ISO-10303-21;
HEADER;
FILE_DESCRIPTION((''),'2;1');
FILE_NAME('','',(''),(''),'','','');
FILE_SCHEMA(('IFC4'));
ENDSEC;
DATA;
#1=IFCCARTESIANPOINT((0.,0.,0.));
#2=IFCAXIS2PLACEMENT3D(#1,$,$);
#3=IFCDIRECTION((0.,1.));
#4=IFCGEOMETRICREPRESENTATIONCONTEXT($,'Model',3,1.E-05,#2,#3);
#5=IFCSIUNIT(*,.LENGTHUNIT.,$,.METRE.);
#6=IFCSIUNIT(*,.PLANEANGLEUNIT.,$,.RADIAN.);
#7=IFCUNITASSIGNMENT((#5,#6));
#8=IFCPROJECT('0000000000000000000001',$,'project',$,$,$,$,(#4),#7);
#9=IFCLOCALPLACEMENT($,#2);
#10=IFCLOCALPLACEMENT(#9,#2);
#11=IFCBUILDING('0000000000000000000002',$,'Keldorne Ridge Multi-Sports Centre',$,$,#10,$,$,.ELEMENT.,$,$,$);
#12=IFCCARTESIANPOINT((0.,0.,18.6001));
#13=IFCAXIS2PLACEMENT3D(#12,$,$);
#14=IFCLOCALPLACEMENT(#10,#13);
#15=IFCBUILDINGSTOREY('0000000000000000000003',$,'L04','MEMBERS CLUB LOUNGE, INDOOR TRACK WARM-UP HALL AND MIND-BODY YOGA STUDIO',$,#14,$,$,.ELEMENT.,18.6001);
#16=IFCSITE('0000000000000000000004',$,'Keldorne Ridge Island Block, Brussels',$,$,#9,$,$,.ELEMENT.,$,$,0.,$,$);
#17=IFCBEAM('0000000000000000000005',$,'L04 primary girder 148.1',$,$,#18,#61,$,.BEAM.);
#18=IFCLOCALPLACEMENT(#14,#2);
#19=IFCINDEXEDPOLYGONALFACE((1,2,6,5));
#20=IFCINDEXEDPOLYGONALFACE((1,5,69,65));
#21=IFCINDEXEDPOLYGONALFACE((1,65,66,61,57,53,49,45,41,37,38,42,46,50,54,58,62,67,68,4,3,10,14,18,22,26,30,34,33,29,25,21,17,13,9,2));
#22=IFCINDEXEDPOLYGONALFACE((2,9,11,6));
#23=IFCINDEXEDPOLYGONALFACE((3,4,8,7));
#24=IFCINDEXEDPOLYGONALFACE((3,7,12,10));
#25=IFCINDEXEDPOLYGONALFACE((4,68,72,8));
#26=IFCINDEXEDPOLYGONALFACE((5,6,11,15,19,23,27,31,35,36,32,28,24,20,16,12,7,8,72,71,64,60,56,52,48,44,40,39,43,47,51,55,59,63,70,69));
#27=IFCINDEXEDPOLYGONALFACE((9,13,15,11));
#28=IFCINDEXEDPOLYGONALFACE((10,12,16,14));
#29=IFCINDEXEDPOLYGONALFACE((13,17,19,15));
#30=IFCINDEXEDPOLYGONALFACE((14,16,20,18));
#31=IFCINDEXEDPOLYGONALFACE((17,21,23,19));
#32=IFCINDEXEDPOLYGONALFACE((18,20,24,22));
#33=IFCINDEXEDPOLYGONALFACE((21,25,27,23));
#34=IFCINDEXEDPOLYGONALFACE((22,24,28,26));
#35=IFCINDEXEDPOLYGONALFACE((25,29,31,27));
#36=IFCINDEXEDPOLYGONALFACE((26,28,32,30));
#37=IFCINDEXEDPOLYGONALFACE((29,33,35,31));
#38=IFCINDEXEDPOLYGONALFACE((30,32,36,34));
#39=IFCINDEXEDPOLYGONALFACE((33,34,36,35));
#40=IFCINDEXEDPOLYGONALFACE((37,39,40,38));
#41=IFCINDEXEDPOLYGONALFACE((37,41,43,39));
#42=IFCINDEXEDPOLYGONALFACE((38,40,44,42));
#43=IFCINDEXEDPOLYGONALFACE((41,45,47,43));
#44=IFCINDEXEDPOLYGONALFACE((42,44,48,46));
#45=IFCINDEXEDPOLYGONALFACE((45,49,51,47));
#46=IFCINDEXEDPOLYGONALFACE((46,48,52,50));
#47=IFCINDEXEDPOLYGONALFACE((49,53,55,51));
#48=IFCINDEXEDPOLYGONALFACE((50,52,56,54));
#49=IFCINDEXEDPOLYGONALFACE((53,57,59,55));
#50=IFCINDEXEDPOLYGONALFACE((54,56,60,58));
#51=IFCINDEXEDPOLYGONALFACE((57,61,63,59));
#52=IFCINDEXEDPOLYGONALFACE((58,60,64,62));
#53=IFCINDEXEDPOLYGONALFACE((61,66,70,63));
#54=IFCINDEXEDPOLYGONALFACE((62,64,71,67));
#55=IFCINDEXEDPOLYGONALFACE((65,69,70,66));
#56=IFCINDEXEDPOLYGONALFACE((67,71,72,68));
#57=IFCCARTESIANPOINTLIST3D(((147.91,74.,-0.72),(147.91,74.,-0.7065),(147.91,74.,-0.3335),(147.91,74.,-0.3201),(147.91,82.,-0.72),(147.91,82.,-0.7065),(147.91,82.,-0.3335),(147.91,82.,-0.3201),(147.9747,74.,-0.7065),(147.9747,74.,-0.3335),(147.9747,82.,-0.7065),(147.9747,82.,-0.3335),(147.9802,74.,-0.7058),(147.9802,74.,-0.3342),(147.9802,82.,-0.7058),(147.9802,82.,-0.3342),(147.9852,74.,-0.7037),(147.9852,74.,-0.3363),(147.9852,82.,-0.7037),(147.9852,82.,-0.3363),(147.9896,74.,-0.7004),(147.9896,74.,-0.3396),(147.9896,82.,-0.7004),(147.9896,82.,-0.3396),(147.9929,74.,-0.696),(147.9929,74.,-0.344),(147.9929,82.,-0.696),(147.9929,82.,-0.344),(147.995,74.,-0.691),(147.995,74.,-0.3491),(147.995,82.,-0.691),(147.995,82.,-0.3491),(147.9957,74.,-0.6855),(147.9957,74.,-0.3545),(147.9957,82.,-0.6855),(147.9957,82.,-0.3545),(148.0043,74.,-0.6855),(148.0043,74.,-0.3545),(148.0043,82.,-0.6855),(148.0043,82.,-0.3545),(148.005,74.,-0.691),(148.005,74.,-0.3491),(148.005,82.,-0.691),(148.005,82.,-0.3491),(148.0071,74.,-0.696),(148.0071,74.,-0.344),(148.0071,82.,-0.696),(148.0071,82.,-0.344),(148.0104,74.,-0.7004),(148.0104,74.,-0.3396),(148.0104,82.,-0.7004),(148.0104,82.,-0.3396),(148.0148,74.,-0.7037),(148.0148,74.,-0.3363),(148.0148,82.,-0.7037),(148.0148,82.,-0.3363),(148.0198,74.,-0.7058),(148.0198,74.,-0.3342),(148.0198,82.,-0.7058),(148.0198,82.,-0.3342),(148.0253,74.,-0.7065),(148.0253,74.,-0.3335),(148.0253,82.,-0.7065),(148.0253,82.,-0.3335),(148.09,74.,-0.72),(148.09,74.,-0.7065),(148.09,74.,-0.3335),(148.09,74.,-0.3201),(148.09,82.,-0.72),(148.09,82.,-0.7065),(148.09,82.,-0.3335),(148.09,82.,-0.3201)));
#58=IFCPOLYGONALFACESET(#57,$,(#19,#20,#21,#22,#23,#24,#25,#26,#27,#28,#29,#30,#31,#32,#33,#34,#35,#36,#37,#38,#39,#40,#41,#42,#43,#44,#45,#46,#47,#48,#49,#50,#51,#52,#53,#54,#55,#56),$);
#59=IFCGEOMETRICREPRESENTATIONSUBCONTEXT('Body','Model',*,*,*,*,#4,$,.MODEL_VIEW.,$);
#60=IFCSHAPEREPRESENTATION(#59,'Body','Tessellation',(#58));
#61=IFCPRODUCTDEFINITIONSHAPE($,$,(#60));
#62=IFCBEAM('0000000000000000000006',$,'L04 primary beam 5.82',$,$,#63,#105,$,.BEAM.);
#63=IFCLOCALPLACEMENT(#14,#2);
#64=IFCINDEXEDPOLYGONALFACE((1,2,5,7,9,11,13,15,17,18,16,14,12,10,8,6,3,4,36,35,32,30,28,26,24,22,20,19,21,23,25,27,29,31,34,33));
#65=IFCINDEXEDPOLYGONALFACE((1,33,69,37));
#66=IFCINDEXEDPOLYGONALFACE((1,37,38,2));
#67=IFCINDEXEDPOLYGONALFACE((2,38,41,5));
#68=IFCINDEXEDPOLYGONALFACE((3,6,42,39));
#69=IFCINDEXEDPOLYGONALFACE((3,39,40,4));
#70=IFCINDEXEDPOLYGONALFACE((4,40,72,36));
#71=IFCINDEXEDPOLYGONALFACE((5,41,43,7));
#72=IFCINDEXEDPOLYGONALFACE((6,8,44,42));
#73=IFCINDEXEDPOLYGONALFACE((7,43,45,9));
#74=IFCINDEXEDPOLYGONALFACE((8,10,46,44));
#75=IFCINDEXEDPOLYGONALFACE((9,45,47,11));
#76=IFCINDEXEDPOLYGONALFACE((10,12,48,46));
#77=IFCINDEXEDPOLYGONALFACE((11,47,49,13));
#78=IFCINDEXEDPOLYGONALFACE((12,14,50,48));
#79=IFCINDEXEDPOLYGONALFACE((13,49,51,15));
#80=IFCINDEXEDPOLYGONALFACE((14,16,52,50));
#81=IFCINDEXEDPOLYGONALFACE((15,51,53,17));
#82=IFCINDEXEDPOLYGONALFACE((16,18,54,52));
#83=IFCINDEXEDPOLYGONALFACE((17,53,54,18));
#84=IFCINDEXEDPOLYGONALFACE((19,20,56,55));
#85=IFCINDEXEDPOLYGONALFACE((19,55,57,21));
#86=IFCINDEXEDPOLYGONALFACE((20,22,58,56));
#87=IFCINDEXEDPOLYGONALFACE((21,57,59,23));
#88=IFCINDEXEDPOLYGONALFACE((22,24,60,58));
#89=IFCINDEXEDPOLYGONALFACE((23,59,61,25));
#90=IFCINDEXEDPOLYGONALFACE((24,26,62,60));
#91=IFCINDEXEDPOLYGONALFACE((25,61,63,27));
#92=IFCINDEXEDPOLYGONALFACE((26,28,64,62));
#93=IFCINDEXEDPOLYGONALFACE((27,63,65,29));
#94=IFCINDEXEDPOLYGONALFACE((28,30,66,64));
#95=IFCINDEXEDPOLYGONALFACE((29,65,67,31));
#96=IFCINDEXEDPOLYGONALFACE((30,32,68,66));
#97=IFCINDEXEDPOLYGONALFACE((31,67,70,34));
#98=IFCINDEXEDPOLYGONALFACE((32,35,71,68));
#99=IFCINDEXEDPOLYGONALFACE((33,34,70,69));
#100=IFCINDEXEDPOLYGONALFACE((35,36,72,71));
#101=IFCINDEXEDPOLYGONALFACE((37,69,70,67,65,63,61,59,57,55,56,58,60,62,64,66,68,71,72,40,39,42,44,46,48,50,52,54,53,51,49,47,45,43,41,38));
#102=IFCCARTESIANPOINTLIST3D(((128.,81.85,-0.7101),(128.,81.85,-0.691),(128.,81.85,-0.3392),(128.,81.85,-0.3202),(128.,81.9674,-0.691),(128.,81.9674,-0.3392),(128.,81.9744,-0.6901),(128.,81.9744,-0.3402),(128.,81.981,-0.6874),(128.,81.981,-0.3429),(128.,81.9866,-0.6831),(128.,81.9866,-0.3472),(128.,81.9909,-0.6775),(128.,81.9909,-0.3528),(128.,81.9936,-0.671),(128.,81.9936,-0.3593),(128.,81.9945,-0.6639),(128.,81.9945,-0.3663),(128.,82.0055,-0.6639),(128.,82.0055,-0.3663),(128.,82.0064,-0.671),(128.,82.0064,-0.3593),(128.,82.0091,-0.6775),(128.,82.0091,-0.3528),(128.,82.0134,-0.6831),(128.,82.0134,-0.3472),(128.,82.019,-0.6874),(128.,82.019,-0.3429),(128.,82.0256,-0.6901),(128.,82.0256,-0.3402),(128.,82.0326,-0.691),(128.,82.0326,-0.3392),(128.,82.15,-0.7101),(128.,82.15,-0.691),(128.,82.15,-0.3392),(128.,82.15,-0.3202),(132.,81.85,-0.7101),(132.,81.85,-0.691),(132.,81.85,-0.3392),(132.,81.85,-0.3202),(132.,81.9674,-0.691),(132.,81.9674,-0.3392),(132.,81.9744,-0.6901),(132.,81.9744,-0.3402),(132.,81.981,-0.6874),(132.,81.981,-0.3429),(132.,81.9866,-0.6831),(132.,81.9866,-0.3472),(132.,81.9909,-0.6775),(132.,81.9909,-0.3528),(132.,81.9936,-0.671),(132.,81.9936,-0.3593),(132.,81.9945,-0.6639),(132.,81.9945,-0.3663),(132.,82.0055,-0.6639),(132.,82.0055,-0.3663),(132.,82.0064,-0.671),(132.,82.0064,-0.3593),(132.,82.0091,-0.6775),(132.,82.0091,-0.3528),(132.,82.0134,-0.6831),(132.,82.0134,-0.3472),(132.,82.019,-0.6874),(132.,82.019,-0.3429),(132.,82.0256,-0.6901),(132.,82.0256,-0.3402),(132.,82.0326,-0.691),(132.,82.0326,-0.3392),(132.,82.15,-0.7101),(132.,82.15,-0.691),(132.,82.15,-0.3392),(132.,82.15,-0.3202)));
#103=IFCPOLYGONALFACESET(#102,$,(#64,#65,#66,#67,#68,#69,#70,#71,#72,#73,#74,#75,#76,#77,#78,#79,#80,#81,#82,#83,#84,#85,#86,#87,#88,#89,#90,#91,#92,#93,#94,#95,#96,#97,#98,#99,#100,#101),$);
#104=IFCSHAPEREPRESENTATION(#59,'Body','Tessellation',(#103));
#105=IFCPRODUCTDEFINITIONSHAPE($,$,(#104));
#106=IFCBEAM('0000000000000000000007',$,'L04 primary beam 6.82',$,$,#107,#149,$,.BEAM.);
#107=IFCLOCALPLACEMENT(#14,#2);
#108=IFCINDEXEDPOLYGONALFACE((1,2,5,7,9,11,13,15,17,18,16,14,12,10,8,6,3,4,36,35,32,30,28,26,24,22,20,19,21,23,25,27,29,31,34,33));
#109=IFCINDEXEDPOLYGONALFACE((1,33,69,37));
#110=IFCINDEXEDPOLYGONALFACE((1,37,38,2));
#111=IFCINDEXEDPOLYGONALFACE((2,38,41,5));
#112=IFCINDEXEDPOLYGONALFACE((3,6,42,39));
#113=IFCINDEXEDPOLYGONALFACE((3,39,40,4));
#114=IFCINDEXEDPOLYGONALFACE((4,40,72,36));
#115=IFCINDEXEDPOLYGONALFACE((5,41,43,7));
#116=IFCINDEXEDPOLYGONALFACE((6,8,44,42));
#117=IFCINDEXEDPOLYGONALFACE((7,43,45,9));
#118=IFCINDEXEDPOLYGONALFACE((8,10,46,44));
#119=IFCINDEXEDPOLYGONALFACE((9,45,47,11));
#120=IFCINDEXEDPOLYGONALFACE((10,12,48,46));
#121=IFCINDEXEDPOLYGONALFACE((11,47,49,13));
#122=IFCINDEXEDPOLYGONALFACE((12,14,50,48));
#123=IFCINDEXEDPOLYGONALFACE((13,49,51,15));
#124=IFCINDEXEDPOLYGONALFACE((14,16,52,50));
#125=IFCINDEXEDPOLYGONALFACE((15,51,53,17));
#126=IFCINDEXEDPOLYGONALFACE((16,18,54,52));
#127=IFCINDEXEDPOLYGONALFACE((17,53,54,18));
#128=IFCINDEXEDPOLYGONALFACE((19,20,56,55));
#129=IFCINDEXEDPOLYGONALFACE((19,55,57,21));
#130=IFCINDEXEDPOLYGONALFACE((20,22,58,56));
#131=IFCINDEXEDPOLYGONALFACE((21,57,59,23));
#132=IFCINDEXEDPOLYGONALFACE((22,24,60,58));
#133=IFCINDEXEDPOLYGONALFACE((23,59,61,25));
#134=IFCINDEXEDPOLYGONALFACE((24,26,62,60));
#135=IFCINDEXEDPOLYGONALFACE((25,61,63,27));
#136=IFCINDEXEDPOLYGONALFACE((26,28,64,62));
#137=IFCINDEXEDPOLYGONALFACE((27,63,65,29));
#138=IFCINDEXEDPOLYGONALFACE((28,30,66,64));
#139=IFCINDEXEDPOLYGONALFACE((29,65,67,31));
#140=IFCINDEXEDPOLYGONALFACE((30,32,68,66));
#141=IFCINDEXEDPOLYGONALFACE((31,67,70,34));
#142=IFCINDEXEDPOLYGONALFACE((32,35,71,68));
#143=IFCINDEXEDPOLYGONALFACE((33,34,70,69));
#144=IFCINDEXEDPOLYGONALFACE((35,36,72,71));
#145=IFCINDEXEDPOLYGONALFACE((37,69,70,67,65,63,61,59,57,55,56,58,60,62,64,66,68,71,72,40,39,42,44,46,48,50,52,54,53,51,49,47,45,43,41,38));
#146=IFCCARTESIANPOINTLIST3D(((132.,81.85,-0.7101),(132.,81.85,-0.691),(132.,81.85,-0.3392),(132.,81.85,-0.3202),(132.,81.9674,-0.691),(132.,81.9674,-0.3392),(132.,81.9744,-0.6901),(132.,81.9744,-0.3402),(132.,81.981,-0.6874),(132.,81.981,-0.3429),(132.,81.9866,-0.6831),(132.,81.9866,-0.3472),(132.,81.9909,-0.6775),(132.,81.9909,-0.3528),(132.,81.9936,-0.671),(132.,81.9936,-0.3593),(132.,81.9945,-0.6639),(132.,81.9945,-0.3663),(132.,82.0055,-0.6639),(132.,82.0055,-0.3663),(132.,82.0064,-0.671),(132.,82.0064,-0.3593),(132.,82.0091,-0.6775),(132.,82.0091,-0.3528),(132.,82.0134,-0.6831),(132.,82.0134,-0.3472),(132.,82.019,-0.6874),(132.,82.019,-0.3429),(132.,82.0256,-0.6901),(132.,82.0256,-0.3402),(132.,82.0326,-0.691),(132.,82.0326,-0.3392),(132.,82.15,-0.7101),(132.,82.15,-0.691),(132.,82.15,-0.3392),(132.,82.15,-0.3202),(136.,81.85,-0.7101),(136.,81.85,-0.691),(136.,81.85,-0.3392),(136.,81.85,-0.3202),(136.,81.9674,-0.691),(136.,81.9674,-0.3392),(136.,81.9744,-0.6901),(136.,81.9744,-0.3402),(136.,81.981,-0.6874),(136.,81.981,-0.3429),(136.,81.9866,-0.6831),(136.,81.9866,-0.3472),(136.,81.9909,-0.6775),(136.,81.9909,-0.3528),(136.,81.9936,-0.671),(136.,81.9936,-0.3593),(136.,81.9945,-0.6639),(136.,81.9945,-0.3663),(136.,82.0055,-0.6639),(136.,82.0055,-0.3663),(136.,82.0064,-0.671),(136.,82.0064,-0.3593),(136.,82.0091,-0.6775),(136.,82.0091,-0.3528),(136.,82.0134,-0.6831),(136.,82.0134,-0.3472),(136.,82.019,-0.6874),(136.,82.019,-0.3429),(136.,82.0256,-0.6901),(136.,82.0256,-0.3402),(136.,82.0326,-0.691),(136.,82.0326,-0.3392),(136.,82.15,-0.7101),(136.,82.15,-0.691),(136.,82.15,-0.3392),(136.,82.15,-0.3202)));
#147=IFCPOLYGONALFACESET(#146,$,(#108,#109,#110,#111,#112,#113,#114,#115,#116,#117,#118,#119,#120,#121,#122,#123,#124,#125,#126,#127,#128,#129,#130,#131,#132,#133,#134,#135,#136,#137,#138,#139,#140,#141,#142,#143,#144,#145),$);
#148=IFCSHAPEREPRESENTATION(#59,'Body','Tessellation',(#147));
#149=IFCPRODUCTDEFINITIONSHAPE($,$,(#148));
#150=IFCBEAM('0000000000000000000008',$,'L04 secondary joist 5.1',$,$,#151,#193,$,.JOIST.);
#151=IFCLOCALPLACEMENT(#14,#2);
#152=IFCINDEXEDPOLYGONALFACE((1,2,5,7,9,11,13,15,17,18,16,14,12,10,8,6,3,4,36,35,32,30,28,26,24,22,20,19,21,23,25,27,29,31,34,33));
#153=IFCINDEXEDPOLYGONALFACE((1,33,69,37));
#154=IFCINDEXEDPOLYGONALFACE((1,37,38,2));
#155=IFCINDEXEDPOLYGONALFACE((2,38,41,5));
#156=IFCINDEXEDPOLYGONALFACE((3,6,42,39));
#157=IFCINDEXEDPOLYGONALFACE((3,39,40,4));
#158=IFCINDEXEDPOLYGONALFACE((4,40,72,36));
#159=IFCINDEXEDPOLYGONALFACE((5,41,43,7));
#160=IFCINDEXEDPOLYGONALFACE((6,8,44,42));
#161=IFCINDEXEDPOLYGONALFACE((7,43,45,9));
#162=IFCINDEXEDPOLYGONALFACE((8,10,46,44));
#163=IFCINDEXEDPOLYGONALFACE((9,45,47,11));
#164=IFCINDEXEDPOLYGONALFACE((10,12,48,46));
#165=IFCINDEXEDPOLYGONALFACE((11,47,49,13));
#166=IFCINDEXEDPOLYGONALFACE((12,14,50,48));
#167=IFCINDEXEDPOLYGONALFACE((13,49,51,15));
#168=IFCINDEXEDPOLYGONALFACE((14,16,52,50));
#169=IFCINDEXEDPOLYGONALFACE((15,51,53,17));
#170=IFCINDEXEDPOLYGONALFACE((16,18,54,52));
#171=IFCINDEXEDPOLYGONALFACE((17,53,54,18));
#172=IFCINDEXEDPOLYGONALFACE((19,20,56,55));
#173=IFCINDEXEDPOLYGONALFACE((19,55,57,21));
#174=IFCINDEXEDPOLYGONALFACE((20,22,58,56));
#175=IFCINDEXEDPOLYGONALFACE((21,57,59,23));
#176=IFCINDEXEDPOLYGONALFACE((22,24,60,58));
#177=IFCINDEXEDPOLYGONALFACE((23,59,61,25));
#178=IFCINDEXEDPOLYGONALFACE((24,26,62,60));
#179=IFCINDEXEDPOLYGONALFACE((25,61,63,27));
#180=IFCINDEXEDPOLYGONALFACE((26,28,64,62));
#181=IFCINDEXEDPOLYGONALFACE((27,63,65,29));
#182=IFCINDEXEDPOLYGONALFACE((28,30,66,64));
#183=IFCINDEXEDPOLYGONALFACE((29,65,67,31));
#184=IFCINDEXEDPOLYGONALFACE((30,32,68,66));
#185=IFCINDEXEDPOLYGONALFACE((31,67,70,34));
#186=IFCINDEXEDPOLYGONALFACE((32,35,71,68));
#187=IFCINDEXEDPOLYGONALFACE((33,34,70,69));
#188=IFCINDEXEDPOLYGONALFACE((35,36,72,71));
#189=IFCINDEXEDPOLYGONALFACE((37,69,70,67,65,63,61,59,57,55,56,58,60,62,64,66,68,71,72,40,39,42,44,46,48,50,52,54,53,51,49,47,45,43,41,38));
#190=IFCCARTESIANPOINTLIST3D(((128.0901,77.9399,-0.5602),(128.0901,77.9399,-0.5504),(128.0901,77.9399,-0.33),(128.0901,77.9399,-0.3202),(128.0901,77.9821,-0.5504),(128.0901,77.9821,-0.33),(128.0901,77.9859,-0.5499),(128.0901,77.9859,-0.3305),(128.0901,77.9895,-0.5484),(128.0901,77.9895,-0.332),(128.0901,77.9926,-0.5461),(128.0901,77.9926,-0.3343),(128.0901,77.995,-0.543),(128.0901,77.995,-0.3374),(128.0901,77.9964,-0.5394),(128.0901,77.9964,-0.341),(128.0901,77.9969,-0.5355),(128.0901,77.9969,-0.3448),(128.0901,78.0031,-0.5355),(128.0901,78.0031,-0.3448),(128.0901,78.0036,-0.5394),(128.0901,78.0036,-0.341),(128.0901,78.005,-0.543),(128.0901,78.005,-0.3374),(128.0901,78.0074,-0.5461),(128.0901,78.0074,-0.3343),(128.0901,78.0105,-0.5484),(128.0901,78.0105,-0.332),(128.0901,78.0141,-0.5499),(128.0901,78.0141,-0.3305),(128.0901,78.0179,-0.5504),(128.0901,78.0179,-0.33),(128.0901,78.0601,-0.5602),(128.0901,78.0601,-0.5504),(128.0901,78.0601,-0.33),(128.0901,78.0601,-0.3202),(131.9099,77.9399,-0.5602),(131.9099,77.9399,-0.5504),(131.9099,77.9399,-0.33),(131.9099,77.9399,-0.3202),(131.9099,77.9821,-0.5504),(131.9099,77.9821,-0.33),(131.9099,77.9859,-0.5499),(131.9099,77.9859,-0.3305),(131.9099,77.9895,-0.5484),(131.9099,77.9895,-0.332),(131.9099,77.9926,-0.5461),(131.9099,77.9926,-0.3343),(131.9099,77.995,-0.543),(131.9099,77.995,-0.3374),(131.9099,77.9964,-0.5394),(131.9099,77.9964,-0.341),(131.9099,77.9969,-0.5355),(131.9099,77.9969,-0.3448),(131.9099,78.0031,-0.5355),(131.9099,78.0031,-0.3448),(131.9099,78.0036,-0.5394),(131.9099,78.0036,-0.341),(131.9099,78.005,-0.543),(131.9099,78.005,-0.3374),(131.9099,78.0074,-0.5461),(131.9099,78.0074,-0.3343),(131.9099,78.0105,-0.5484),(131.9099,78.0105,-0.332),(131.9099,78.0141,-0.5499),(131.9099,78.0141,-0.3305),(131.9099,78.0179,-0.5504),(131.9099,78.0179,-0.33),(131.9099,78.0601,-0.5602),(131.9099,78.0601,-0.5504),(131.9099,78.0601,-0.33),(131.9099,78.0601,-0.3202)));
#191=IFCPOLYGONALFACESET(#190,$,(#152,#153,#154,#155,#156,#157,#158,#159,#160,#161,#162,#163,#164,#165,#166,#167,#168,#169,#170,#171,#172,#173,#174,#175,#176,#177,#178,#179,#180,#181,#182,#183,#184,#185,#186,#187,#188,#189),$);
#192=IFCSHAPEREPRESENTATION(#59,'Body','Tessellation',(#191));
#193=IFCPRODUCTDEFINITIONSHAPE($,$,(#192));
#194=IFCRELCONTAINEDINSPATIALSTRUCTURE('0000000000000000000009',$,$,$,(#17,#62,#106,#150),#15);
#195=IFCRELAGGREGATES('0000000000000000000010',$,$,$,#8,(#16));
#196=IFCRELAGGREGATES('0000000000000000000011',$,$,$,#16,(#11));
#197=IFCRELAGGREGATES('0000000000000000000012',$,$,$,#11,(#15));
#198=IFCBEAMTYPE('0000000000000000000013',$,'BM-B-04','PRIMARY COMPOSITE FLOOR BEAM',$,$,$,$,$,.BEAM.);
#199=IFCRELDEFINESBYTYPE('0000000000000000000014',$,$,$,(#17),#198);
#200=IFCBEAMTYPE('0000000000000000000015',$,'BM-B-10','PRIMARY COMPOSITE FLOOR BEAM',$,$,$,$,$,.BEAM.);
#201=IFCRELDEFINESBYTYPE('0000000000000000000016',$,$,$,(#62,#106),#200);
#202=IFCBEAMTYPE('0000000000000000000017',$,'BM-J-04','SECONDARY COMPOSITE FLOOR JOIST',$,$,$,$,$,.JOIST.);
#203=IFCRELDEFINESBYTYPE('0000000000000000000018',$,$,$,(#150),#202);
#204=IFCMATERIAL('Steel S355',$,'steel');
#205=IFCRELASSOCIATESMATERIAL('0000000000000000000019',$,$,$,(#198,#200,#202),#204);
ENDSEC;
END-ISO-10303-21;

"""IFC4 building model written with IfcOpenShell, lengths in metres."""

from ifc_helpers import new_model, si_unit, direction, frame, origin, origin_2d, place, context, subcontext, project, spatial, i_section, extrude, material, material_profile, profile_set, type_object, element, save


model = new_model("IFC4")

# Units and contexts
model_context = context("Model", 3, precision=1e-05, world=origin(), true_north=direction((0.0, 1.0)))
body_context = subcontext(model_context, "Body", "Model", "MODEL_VIEW")
ifc_project = project(units=[si_unit("LENGTHUNIT", "METRE"), si_unit("PLANEANGLEUNIT", "RADIAN")], contexts=[model_context])

# Site, building, storey
site_placement = place(None, origin())
site = spatial("IfcSite", under=ifc_project, at=site_placement, Name="Keldorne Ridge Island Block, Brussels", CompositionType="ELEMENT", RefElevation=0.0)
building_placement = place(site_placement, origin())
building = spatial("IfcBuilding", under=site, at=building_placement, Name="Keldorne Ridge Multi-Sports Centre", CompositionType="ELEMENT")
storey_placement = place(building_placement, frame((0.0, 0.0, 18.6001)))
storey = spatial("IfcBuildingStorey", under=building, at=storey_placement, Name="L04", Description="MEMBERS CLUB LOUNGE, INDOOR TRACK WARM-UP HALL AND MIND-BODY YOGA STUDIO", CompositionType="ELEMENT", Elevation=18.6001)

# Shared definitions
ifc_material_1 = material(Name="Steel S355", Category="steel")

# Beams
ifc_material_profile_1 = material_profile(ifc_material_1, i_section(OverallWidth=0.1799, OverallDepth=0.3999, WebThickness=0.0085, FlangeThickness=0.0134, FilletRadius=0.021, at=origin_2d()), Name="IPE 400")
ifc_profile_set_1 = profile_set([ifc_material_profile_1], Name="Steel S355")
beam_type_1 = type_object("IfcBeamType", Name="BM-B-04", Description="PRIMARY COMPOSITE FLOOR BEAM", PredefinedType="BEAM", material=ifc_profile_set_1)
for number, where, z_axis, x_axis, name in (
    (1, (148.0, 74.0, -0.52), (0.0, 1.0, 0.0), (-1.0, 0.0, 0.0), "L04 primary girder 148.1"),
):
    element("IfcBeam", number, at=place(storey_placement, frame(where, z_axis=z_axis, x_axis=x_axis)), inside=storey, type_object=beam_type_1, Name=name, PredefinedType="BEAM", context=body_context, shape_type="SweptSolid", body=[
        extrude(i_section(OverallWidth=0.1799, OverallDepth=0.3999, WebThickness=0.0085, FlangeThickness=0.0134, FilletRadius=0.021, at=origin_2d()), origin(), (0.0, 0.0, 1.0), 8.0),
    ])
ifc_material_profile_2 = material_profile(ifc_material_1, i_section(OverallWidth=0.3, OverallDepth=0.3899, WebThickness=0.011, FlangeThickness=0.019, FilletRadius=0.0271, at=origin_2d()), Name="HEA 400")
ifc_profile_set_2 = profile_set([ifc_material_profile_2], Name="Steel S355")
beam_type_2 = type_object("IfcBeamType", Name="BM-B-10", Description="PRIMARY COMPOSITE FLOOR BEAM", PredefinedType="BEAM", material=ifc_profile_set_2)
for number, where, z_axis, x_axis, name in (
    (2, (128.0, 82.0, -0.5151), (1.0, 0.0, 0.0), (0.0, 1.0, 0.0), "L04 primary beam 5.82"),
    (3, (132.0, 82.0, -0.5151), (1.0, 0.0, 0.0), (0.0, 1.0, 0.0), "L04 primary beam 6.82"),
):
    element("IfcBeam", number, at=place(storey_placement, frame(where, z_axis=z_axis, x_axis=x_axis)), inside=storey, type_object=beam_type_2, Name=name, PredefinedType="BEAM", context=body_context, shape_type="SweptSolid", body=[
        extrude(i_section(OverallWidth=0.3, OverallDepth=0.3899, WebThickness=0.011, FlangeThickness=0.019, FilletRadius=0.0271, at=origin_2d()), origin(), (0.0, 0.0, 1.0), 4.0),
    ])
ifc_material_profile_3 = material_profile(ifc_material_1, i_section(OverallWidth=0.1201, OverallDepth=0.24, WebThickness=0.0061, FlangeThickness=0.0098, FilletRadius=0.0149, at=origin_2d()), Name="IPE 240")
ifc_profile_set_3 = profile_set([ifc_material_profile_3], Name="Steel S355")
beam_type_3 = type_object("IfcBeamType", Name="BM-J-04", Description="SECONDARY COMPOSITE FLOOR JOIST", PredefinedType="JOIST", material=ifc_profile_set_3)
for number, where, z_axis, x_axis, name in (
    (4, (128.0901, 78.0, -0.4402), (1.0, 0.0, 0.0), (0.0, 1.0, 0.0), "L04 secondary joist 5.1"),
):
    element("IfcBeam", number, at=place(storey_placement, frame(where, z_axis=z_axis, x_axis=x_axis)), inside=storey, type_object=beam_type_3, Name=name, PredefinedType="JOIST", context=body_context, shape_type="SweptSolid", body=[
        extrude(i_section(OverallWidth=0.1201, OverallDepth=0.24, WebThickness=0.0061, FlangeThickness=0.0098, FilletRadius=0.0149, at=origin_2d()), origin(), (0.0, 0.0, 1.0), 3.8198),
    ])

save(model, "model.ifc")
